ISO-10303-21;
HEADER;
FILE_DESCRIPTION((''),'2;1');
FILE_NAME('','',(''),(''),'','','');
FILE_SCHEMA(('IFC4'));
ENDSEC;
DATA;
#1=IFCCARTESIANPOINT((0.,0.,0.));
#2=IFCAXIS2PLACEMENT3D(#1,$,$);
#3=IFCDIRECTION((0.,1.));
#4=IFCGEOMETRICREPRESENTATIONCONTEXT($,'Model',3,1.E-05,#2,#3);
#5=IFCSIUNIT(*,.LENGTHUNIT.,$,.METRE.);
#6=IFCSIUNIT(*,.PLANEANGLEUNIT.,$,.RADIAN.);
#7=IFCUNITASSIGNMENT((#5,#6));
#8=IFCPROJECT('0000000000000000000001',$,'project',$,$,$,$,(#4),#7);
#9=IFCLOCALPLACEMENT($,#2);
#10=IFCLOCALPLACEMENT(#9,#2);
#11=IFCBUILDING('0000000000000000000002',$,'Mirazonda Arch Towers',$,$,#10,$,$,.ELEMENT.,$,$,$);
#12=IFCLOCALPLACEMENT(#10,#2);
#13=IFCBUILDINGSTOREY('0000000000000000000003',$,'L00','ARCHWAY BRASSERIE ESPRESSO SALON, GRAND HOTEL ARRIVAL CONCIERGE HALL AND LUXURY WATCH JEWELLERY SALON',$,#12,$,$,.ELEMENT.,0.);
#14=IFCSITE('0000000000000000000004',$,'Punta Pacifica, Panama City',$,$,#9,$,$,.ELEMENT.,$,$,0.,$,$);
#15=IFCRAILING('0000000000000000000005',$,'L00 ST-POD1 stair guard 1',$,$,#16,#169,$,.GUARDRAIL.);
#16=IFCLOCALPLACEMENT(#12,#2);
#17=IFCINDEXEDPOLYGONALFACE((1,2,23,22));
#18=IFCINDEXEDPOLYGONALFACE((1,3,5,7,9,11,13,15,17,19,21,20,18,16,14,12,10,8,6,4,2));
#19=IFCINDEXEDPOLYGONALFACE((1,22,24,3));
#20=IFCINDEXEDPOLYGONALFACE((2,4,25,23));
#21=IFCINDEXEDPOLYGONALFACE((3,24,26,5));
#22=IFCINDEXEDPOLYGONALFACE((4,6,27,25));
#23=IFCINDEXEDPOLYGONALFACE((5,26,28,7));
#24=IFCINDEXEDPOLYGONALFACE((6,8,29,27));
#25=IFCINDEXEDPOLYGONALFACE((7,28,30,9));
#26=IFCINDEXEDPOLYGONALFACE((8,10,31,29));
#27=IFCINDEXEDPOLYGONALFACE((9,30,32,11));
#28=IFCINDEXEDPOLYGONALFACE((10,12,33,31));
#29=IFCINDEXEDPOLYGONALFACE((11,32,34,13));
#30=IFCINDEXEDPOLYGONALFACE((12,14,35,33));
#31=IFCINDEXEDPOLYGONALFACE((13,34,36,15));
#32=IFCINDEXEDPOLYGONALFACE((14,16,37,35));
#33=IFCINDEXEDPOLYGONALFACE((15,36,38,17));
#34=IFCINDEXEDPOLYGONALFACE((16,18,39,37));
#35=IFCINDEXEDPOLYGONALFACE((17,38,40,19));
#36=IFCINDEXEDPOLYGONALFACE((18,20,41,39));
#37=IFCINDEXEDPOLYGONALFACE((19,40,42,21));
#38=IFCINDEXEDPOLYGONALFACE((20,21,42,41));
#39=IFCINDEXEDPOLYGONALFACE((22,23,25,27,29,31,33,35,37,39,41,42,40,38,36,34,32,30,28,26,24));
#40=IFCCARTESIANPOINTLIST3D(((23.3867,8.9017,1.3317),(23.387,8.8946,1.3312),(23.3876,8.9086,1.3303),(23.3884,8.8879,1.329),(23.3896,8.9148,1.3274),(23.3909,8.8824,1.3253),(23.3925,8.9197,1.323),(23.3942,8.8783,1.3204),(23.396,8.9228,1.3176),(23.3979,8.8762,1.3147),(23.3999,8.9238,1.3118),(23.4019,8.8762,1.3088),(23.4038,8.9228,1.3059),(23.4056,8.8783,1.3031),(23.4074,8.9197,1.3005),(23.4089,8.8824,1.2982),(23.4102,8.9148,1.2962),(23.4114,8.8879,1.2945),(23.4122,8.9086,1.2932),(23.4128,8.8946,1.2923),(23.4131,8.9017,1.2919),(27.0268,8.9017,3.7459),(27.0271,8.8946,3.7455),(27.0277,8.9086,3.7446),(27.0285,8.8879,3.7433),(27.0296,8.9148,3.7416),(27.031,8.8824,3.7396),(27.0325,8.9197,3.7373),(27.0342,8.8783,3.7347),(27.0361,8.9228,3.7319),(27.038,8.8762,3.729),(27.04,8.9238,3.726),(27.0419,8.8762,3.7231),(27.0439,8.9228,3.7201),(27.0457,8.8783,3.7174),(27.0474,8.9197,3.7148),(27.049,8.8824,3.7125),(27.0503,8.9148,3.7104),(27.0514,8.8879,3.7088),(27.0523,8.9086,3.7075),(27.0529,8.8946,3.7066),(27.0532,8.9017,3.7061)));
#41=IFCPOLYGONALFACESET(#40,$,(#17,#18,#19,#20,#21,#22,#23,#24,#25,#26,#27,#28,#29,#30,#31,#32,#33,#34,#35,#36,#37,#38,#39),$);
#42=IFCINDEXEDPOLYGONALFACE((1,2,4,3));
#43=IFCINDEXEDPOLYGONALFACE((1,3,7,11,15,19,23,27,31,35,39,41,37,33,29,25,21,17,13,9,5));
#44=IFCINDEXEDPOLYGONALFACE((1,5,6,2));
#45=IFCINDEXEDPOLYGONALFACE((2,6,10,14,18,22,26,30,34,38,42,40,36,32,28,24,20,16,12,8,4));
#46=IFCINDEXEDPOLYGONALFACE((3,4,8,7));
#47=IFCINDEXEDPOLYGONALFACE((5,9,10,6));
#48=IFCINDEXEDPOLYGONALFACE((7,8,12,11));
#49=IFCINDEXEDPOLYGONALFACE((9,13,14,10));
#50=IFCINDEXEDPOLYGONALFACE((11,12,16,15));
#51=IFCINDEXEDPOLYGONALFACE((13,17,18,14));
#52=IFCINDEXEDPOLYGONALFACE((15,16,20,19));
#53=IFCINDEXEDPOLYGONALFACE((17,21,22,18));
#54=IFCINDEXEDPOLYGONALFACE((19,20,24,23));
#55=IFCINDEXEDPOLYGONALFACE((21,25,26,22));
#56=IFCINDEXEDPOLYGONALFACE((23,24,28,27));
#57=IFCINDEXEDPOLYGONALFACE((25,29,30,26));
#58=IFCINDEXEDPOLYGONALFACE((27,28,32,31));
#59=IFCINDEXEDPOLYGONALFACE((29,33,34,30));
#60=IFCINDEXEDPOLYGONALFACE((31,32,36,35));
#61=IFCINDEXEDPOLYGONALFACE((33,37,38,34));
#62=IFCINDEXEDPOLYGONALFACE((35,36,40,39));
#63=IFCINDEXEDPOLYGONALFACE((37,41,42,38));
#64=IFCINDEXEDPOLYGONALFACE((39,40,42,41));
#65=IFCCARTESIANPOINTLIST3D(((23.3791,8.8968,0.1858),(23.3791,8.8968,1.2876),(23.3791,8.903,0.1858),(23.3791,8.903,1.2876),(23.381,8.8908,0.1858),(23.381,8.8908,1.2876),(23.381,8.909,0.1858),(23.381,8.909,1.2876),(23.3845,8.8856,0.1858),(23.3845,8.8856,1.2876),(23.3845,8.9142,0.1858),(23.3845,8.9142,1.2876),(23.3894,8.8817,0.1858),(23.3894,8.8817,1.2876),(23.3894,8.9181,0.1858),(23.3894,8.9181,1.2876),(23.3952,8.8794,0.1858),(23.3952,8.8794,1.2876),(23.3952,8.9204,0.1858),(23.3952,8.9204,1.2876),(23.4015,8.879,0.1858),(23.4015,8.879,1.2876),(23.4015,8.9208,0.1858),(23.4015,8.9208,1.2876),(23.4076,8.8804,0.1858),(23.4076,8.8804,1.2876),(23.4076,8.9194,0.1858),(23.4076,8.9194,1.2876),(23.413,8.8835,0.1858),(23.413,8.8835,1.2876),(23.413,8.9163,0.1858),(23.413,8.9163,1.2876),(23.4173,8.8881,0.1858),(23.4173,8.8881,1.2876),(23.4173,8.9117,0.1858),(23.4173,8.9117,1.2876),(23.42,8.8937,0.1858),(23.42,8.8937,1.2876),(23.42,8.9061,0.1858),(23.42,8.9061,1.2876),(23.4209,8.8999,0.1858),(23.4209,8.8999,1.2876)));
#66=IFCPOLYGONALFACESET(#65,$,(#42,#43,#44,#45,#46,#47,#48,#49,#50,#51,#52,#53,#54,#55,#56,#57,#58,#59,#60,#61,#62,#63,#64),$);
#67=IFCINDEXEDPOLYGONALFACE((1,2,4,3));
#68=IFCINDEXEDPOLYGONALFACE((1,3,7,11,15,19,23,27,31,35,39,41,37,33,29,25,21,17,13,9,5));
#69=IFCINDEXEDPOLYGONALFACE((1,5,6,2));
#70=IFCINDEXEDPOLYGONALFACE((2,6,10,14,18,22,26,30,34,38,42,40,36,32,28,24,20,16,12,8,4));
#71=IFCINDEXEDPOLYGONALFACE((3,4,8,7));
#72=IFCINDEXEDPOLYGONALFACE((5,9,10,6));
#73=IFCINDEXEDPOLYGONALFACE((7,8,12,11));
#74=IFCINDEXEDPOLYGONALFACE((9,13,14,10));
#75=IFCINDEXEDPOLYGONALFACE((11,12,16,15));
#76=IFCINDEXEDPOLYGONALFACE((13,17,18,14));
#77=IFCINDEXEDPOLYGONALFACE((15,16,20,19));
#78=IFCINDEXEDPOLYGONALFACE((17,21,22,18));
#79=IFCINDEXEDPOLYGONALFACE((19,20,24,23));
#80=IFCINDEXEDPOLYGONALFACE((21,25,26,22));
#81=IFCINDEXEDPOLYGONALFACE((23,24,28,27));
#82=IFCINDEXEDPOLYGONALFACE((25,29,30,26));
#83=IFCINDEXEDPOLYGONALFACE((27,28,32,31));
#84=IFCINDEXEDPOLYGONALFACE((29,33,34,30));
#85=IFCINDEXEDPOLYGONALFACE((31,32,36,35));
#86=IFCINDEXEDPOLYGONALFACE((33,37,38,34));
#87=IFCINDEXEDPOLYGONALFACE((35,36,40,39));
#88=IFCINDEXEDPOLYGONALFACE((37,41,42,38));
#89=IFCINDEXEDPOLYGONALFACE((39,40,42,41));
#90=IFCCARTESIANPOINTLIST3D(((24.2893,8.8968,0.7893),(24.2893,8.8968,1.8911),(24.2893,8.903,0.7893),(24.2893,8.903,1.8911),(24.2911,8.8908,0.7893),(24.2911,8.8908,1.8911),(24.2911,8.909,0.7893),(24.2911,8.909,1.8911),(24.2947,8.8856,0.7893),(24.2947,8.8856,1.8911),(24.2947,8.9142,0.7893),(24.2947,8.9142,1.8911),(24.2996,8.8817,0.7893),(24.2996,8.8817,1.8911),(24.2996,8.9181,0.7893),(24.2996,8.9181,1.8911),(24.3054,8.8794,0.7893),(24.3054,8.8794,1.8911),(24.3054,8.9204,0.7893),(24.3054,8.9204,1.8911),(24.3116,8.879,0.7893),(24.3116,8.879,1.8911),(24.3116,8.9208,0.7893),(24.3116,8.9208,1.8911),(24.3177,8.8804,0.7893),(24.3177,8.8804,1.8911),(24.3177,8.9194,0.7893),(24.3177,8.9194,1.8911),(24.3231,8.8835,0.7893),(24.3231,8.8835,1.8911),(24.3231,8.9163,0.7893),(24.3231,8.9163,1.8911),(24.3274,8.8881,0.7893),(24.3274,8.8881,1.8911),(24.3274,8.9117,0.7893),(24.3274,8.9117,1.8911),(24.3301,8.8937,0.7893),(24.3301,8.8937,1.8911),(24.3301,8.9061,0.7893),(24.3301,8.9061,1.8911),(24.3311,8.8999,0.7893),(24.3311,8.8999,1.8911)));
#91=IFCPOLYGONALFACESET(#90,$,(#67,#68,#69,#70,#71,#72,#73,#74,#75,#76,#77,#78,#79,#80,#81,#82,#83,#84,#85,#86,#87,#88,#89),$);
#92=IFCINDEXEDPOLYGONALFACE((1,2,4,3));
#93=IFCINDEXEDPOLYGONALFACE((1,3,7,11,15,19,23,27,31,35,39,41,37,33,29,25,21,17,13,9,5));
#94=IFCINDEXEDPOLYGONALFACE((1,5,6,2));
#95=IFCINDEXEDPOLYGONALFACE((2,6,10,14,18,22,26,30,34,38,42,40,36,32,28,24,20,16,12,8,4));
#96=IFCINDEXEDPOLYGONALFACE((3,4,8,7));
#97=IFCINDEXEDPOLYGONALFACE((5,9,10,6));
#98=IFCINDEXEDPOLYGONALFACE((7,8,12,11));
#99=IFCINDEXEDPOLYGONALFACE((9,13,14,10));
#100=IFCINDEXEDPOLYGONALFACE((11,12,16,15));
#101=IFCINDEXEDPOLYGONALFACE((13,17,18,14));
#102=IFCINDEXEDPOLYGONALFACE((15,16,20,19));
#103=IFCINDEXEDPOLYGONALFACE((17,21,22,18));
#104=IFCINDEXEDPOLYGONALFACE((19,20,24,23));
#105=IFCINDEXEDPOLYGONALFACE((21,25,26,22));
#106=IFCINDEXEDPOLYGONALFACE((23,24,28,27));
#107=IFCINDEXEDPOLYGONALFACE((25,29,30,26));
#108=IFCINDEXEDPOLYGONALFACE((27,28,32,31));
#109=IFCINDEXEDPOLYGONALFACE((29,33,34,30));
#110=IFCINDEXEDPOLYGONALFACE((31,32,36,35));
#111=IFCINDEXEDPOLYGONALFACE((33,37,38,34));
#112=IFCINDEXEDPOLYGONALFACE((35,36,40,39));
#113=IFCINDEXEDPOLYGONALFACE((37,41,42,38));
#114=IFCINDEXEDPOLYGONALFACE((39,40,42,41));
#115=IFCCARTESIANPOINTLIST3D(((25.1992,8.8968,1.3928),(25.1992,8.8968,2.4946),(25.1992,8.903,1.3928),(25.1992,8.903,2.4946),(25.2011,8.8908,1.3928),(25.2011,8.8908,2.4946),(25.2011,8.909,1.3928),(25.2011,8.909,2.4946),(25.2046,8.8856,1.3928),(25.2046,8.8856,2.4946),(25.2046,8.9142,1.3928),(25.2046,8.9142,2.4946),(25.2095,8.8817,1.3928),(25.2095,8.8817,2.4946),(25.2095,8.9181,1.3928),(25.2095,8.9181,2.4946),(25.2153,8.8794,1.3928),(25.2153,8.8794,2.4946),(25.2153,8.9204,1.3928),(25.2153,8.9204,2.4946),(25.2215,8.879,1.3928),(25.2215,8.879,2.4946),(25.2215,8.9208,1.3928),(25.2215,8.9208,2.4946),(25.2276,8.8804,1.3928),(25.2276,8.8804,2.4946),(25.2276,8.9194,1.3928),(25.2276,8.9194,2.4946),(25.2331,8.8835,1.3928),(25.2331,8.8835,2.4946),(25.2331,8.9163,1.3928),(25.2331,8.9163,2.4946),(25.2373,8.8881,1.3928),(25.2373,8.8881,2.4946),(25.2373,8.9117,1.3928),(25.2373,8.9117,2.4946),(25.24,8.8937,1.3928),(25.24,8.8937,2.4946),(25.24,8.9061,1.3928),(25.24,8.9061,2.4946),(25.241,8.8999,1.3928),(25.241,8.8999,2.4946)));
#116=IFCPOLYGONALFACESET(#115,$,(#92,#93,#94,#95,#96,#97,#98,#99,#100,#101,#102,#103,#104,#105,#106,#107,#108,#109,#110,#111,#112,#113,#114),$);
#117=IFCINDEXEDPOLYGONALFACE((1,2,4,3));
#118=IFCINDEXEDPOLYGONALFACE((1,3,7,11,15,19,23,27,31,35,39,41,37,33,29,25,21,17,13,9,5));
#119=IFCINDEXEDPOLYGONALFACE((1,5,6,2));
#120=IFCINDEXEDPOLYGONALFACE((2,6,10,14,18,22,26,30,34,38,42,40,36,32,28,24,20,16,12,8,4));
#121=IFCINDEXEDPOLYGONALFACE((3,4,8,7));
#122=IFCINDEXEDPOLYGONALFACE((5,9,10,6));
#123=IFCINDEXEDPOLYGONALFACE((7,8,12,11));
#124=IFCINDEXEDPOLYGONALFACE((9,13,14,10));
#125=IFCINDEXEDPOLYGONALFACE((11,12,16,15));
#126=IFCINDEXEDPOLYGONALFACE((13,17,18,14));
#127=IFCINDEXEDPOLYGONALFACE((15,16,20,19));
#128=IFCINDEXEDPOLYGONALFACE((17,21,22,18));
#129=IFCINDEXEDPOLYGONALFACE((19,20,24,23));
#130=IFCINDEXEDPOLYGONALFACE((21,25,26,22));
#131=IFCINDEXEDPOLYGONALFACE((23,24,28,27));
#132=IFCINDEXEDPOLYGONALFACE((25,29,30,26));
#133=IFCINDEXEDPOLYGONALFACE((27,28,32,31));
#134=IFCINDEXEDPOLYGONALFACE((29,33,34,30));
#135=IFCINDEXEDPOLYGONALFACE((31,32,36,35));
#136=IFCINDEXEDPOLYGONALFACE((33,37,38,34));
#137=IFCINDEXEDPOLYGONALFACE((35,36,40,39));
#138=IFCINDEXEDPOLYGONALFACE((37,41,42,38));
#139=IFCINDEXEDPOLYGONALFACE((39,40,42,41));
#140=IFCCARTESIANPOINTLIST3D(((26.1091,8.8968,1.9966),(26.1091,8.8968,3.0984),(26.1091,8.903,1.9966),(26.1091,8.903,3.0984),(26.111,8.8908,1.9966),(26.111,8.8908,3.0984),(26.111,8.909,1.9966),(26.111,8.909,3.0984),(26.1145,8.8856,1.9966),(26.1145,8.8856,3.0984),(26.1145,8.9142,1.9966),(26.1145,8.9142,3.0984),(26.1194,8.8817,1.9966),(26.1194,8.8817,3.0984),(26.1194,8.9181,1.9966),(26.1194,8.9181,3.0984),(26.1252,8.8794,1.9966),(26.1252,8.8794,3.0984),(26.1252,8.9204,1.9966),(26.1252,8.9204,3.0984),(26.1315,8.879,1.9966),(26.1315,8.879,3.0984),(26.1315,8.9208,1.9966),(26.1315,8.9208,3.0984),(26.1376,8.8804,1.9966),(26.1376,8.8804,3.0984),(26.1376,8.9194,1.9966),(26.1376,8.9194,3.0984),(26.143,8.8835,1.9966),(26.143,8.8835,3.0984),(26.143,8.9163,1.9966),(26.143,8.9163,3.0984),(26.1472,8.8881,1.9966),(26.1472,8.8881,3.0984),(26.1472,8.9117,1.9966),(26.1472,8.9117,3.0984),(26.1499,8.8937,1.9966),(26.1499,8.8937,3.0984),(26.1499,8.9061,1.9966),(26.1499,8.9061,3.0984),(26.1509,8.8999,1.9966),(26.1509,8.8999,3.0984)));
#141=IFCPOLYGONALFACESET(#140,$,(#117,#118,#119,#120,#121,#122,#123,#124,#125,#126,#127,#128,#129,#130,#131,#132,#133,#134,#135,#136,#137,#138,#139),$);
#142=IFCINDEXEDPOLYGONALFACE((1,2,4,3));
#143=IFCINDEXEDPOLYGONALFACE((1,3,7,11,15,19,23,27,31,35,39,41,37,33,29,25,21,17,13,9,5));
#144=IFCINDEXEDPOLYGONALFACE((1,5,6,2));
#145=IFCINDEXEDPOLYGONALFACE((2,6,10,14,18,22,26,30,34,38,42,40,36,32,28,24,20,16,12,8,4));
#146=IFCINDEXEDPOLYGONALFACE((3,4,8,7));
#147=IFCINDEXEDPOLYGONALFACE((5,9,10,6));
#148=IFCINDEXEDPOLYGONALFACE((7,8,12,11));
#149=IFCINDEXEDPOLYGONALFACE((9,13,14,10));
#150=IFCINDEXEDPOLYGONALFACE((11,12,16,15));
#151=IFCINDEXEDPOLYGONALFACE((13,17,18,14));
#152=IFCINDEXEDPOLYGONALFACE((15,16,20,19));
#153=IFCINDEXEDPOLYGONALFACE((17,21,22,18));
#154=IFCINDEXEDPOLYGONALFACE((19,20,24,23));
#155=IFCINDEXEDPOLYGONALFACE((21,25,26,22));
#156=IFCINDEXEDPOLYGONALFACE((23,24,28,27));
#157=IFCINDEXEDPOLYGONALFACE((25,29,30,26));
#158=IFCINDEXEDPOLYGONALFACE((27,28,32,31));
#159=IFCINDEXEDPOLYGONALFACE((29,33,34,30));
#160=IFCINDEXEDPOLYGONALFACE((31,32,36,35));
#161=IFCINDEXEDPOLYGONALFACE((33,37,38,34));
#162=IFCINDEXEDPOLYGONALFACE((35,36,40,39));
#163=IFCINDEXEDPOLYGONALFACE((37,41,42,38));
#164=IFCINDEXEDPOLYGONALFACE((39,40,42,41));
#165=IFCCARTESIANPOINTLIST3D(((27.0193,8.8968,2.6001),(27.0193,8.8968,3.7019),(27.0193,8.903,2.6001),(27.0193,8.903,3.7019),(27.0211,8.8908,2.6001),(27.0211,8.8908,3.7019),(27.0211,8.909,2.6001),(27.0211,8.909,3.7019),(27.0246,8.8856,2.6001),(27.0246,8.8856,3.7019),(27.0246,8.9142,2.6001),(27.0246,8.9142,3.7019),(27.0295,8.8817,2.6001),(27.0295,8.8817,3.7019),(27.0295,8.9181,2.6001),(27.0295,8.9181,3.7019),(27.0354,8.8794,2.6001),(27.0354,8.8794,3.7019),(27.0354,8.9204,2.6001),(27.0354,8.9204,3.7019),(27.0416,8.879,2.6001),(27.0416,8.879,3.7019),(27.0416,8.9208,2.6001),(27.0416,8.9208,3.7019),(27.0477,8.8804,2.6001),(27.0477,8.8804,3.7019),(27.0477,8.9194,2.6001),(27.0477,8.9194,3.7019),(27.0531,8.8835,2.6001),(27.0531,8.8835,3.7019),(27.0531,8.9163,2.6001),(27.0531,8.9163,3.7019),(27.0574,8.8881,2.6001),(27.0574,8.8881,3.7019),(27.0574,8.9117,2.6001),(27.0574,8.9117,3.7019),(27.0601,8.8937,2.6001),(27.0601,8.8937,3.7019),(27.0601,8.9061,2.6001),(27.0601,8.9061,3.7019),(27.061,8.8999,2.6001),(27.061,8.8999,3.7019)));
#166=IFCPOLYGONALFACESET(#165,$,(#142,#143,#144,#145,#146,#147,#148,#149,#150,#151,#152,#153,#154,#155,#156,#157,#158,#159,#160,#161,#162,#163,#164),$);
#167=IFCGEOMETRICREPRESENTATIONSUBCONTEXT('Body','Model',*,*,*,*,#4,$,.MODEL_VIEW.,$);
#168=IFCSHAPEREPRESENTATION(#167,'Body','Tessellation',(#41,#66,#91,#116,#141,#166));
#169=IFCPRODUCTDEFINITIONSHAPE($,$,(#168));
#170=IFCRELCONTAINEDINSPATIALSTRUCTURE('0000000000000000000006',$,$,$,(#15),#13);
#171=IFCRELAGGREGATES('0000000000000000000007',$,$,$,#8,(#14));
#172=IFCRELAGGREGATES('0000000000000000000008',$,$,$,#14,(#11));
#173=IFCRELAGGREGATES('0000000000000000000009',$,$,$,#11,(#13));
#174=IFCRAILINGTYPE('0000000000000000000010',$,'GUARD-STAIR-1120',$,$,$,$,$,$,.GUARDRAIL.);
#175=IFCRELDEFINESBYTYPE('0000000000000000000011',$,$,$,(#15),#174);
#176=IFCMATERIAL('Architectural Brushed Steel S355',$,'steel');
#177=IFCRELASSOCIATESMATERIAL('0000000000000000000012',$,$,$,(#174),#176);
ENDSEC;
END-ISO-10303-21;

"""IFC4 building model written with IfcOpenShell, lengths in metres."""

from ifc_helpers import new_model, si_unit, direction, frame, origin, origin_2d, place, context, subcontext, project, spatial, circle, extrude, material, type_object, element, save


model = new_model("IFC4")

# Units and contexts
model_context = context("Model", 3, precision=1e-05, world=origin(), true_north=direction((0.0, 1.0)))
body_context = subcontext(model_context, "Body", "Model", "MODEL_VIEW")
ifc_project = project(units=[si_unit("LENGTHUNIT", "METRE"), si_unit("PLANEANGLEUNIT", "RADIAN")], contexts=[model_context])

# Site, building, storey
site_placement = place(None, origin())
site = spatial("IfcSite", under=ifc_project, at=site_placement, Name="Punta Pacifica, Panama City", CompositionType="ELEMENT", RefElevation=0.0)
building_placement = place(site_placement, origin())
building = spatial("IfcBuilding", under=site, at=building_placement, Name="Mirazonda Arch Towers", CompositionType="ELEMENT")
storey_placement = place(building_placement, origin())
storey = spatial("IfcBuildingStorey", under=building, at=storey_placement, Name="L00", Description="ARCHWAY BRASSERIE ESPRESSO SALON, GRAND HOTEL ARRIVAL CONCIERGE HALL AND LUXURY WATCH JEWELLERY SALON", CompositionType="ELEMENT", Elevation=0.0)

# Railing
ifc_material_1 = material(Name="Architectural Brushed Steel S355", Category="steel")
railing_type_1 = type_object("IfcRailingType", Name="GUARD-STAIR-1120", PredefinedType="GUARDRAIL", material=ifc_material_1)
railing_1_placement = place(storey_placement, frame((23.3999, 8.8999, 0.1858)))
element("IfcRailing", 1, at=railing_1_placement, inside=storey, type_object=railing_type_1, Name="L00 ST-POD1 stair guard 1", PredefinedType="GUARDRAIL", context=body_context, shape_type="SweptSolid", body=[
    extrude(circle(Radius=0.0239, at=origin_2d()), frame((0.0, 0.0, 1.126), z_axis=(0.833364, 0.0, 0.552725), x_axis=(0.0, 1.0, 0.0)), (0.0, 0.0, 1.0), 4.3679),
    extrude(circle(Radius=0.021, at=origin_2d()), origin(), (0.0, 0.0, 1.0), 1.1018),
    extrude(circle(Radius=0.021, at=origin_2d()), frame((0.9102, 0.0, 0.6035)), (0.0, 0.0, 1.0), 1.1018),
    extrude(circle(Radius=0.021, at=origin_2d()), frame((1.8201, 0.0, 1.207)), (0.0, 0.0, 1.0), 1.1018),
    extrude(circle(Radius=0.021, at=origin_2d()), frame((2.73, 0.0, 1.8108)), (0.0, 0.0, 1.0), 1.1018),
    extrude(circle(Radius=0.021, at=origin_2d()), frame((3.6401, 0.0, 2.4143)), (0.0, 0.0, 1.0), 1.1018),
])

save(model, "model.ifc")
